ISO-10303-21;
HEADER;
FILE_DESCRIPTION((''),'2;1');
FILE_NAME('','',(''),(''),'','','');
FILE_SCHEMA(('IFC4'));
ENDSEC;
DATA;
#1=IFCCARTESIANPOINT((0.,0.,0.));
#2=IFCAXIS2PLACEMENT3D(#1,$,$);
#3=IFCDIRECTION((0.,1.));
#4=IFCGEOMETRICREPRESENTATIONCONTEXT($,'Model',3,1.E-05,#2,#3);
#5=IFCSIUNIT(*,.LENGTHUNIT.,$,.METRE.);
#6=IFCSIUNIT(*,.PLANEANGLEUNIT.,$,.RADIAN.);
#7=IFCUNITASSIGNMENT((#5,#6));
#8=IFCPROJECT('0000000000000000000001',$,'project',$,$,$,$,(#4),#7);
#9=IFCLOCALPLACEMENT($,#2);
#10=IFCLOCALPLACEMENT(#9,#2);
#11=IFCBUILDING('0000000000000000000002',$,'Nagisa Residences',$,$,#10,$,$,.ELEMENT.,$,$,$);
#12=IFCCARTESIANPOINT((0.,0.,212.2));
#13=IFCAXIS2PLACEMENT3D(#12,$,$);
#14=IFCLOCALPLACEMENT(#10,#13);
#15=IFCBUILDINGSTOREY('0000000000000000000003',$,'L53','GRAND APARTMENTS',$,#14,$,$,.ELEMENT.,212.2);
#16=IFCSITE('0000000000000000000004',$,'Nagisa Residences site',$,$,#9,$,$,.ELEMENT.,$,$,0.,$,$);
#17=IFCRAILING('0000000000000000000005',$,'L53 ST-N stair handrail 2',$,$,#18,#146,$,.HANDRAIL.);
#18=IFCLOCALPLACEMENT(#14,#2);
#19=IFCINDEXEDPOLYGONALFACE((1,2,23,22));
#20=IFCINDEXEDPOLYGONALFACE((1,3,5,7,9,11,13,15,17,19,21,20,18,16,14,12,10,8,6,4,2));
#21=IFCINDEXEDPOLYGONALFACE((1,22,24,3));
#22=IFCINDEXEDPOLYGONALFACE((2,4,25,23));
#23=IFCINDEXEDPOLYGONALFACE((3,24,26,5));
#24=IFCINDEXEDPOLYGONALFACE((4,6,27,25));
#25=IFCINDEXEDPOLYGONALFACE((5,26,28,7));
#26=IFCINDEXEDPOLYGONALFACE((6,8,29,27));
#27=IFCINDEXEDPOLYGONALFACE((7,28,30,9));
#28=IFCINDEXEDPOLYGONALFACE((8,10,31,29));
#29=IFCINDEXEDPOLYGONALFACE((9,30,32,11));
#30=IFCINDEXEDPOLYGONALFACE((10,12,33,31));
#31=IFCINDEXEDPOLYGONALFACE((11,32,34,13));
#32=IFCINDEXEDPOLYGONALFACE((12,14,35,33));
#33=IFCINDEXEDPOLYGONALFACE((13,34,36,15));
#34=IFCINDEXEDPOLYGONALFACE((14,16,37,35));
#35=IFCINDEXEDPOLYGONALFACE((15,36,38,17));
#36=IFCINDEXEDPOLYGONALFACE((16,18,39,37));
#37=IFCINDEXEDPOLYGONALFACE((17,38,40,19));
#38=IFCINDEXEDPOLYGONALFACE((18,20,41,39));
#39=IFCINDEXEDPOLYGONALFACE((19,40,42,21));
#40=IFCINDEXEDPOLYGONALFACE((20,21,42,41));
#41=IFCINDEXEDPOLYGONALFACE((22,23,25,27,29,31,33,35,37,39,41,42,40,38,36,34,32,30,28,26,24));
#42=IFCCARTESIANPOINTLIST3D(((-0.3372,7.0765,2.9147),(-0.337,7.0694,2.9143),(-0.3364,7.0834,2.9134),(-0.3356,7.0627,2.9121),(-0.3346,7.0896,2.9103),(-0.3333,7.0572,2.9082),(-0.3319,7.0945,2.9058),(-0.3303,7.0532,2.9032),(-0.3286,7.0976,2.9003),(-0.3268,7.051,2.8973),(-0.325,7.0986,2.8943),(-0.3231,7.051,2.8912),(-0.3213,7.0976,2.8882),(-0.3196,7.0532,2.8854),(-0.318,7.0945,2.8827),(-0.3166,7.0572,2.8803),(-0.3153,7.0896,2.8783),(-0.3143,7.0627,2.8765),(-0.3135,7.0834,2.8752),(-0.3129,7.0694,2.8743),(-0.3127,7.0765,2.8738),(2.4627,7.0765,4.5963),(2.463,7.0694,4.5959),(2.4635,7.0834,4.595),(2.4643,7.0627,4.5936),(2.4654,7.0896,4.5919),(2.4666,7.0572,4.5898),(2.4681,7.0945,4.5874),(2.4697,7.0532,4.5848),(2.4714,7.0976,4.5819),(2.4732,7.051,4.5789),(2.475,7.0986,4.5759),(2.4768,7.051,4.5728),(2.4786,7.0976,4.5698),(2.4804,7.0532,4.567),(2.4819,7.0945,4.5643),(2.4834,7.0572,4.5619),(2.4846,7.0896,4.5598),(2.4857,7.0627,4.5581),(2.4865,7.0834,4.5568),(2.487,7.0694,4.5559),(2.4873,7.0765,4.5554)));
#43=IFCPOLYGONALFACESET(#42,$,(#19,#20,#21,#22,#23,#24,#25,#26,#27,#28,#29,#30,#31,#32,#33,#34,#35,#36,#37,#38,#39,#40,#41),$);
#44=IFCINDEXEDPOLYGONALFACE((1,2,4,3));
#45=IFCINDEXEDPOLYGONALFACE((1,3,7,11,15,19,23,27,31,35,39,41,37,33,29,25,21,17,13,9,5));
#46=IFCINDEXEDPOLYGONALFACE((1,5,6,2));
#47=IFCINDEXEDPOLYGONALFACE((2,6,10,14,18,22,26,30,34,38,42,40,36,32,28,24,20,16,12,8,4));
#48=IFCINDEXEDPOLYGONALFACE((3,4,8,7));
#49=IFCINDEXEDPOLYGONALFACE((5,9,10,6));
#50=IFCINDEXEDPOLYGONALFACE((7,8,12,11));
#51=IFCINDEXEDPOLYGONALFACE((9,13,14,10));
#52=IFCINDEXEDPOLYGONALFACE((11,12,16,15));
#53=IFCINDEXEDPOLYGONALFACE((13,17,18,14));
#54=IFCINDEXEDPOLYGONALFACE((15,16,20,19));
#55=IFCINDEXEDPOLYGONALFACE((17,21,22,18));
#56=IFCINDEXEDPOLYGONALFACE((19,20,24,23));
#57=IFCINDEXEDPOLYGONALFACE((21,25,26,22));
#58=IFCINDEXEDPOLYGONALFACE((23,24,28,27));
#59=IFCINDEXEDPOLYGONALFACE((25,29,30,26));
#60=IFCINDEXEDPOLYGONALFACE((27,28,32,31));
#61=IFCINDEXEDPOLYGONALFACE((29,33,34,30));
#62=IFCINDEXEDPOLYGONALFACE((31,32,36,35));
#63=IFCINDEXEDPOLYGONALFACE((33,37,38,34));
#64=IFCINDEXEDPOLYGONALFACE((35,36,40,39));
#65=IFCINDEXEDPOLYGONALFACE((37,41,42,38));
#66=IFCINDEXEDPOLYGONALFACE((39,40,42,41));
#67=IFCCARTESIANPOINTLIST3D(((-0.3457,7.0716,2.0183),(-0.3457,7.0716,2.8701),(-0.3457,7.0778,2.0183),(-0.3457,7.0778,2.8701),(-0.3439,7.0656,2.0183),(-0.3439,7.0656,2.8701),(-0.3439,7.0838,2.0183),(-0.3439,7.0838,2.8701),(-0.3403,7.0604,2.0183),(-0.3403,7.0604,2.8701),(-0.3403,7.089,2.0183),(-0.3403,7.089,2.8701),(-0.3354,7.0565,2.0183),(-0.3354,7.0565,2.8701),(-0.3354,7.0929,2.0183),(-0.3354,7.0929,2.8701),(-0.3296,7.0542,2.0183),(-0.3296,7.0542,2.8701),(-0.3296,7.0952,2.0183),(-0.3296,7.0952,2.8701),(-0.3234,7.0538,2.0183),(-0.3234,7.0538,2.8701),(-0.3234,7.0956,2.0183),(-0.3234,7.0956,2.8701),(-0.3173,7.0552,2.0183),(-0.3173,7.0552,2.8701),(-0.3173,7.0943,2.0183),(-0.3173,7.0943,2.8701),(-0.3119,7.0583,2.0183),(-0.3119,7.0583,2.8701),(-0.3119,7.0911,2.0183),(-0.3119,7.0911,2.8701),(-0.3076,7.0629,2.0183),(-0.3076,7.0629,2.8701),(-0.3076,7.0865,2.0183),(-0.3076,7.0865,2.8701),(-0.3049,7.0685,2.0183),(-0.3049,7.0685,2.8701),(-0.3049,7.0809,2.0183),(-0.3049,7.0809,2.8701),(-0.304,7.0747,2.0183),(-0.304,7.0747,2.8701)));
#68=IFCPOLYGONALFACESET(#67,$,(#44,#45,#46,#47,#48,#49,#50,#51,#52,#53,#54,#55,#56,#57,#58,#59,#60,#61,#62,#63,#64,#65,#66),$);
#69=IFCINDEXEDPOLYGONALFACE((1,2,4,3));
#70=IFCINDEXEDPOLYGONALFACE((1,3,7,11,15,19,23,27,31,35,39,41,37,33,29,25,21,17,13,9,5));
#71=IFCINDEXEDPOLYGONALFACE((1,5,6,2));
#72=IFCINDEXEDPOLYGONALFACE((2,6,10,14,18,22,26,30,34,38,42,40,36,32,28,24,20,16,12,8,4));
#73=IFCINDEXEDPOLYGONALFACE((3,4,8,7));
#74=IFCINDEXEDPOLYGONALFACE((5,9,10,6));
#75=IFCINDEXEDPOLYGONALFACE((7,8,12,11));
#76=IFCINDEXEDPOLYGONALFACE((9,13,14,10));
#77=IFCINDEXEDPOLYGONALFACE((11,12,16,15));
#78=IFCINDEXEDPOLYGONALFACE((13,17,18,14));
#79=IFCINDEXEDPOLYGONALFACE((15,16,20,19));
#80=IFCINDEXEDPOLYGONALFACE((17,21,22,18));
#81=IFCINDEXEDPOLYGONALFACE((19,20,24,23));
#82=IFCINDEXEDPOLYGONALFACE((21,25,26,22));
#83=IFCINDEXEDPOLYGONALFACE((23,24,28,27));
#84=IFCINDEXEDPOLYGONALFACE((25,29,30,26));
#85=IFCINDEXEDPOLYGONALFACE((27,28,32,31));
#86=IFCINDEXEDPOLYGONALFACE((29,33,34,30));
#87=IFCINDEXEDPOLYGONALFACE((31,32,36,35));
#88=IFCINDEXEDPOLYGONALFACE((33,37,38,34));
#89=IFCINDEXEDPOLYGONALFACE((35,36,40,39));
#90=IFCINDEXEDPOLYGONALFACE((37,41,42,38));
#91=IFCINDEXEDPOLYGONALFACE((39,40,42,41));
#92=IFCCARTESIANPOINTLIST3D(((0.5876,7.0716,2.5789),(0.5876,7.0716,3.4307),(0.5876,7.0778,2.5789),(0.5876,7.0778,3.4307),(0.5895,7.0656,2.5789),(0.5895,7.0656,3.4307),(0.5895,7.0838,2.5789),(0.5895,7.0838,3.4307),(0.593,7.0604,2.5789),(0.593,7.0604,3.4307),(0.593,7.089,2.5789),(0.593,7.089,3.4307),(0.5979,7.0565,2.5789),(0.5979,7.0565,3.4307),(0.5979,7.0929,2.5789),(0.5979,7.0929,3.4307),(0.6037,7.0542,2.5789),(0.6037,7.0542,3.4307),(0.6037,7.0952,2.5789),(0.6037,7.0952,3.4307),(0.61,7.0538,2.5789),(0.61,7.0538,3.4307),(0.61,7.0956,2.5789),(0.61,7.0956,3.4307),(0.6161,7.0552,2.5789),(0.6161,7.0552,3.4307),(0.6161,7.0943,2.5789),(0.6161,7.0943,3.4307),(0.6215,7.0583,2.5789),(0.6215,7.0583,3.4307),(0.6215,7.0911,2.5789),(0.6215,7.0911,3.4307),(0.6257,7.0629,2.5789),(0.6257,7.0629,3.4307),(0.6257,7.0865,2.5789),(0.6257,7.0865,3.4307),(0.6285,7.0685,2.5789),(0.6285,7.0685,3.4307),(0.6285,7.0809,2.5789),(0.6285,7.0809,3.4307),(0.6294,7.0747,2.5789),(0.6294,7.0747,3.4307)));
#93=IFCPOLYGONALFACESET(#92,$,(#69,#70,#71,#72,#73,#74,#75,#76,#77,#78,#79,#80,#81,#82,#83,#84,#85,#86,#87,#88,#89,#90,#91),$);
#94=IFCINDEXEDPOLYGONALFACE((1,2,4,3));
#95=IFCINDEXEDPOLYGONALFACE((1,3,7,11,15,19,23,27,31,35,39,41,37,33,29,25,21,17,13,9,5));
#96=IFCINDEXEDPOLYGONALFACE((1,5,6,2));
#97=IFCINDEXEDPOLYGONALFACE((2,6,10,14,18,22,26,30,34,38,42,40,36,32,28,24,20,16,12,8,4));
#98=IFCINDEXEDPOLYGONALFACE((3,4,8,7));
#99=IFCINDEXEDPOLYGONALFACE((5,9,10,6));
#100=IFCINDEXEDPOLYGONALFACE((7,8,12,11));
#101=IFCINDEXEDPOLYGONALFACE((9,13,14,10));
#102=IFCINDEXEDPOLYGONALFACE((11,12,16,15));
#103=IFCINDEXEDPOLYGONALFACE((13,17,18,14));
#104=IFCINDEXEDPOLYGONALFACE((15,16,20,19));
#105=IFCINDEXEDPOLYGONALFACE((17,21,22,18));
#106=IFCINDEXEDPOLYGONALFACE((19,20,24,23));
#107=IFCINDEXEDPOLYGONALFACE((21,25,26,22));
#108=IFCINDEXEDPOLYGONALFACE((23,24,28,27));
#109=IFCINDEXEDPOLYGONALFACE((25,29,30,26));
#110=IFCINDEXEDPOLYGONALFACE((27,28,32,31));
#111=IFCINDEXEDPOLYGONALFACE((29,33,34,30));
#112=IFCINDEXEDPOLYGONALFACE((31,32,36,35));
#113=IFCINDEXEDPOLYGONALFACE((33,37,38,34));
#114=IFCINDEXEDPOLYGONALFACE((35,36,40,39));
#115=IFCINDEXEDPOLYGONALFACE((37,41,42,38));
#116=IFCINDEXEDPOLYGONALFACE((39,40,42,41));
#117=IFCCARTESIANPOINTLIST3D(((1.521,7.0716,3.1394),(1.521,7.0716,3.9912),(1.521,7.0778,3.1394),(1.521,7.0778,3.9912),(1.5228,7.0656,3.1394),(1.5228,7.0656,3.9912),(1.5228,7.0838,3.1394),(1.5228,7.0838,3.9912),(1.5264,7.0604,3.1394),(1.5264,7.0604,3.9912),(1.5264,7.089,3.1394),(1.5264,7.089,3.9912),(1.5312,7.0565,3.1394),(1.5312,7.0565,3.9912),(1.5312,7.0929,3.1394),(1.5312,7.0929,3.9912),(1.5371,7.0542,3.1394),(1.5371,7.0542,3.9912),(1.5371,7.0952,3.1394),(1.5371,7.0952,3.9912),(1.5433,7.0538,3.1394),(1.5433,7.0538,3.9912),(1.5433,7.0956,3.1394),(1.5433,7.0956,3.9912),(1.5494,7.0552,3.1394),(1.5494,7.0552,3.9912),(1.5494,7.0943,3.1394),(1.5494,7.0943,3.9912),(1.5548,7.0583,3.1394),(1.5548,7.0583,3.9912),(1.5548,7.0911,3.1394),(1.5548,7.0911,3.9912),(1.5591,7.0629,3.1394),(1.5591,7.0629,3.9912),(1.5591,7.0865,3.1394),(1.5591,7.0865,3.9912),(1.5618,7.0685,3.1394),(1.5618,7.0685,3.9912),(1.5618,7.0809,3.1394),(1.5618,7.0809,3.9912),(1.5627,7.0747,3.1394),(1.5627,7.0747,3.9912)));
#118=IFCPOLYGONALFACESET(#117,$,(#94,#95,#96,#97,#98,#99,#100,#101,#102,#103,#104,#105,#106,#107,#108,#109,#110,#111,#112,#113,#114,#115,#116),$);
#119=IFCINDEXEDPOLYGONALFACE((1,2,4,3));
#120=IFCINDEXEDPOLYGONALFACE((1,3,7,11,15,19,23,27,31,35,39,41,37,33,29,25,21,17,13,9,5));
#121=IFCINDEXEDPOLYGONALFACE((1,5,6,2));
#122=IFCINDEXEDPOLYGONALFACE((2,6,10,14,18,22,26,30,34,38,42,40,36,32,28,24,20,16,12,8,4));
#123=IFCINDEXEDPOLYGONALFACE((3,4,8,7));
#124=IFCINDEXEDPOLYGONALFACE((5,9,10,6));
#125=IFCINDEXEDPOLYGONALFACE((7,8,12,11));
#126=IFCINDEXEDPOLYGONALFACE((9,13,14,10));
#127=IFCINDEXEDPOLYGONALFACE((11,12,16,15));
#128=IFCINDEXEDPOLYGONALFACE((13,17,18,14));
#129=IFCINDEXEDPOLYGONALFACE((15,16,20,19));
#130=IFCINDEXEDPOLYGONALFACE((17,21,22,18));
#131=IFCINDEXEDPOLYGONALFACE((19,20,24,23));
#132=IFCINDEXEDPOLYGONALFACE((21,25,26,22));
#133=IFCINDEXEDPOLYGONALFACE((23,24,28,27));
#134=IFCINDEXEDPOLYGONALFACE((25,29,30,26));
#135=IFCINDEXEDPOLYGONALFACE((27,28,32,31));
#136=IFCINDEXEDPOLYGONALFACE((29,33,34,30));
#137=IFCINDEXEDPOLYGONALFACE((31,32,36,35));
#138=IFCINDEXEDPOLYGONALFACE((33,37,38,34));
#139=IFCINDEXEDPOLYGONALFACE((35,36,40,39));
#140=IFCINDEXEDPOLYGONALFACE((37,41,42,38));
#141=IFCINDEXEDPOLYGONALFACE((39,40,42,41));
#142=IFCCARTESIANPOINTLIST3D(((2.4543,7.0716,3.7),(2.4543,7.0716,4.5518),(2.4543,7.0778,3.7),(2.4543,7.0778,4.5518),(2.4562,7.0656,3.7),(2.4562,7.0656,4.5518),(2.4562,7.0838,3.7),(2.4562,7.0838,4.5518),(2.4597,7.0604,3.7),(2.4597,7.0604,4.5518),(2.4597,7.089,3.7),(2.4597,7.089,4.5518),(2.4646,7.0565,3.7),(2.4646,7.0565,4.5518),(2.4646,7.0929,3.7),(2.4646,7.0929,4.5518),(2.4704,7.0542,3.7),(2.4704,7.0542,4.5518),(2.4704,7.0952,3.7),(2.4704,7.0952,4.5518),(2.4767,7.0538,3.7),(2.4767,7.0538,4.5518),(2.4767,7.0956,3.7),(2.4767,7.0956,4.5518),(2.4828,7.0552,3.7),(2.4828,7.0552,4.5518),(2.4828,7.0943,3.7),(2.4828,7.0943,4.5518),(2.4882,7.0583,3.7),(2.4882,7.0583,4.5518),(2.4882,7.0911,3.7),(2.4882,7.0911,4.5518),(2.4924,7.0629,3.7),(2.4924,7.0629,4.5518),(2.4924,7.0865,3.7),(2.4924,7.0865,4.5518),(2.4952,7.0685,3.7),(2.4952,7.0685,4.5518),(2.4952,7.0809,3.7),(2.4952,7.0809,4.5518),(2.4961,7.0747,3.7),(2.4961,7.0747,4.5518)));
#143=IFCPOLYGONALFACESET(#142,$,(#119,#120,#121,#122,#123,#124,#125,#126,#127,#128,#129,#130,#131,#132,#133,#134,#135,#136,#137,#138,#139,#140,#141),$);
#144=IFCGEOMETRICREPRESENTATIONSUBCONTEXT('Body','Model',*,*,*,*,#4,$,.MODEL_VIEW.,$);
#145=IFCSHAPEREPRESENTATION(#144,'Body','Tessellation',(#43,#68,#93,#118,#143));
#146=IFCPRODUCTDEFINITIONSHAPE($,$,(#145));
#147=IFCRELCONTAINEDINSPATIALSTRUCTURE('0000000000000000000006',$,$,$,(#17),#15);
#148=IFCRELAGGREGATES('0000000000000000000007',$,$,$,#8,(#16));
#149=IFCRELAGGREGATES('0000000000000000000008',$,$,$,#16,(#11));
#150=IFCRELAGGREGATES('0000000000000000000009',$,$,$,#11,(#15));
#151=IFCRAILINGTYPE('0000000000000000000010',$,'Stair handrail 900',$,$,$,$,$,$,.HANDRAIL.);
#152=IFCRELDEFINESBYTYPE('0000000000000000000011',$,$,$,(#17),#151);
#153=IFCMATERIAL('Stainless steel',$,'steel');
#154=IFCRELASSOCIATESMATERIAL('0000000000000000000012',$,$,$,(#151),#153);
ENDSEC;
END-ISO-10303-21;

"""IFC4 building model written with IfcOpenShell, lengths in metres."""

from ifc_helpers import new_model, si_unit, direction, frame, origin, origin_2d, place, context, subcontext, project, spatial, circle, extrude, material, type_object, element, save


model = new_model("IFC4")

# Units and contexts
model_context = context("Model", 3, precision=1e-05, world=origin(), true_north=direction((0.0, 1.0)))
body_context = subcontext(model_context, "Body", "Model", "MODEL_VIEW")
ifc_project = project(units=[si_unit("LENGTHUNIT", "METRE"), si_unit("PLANEANGLEUNIT", "RADIAN")], contexts=[model_context])

# Site, building, storey
site_placement = place(None, origin())
site = spatial("IfcSite", under=ifc_project, at=site_placement, Name="Nagisa Residences site", CompositionType="ELEMENT", RefElevation=0.0)
building_placement = place(site_placement, origin())
building = spatial("IfcBuilding", under=site, at=building_placement, Name="Nagisa Residences", CompositionType="ELEMENT")
storey_placement = place(building_placement, frame((0.0, 0.0, 212.2)))
storey = spatial("IfcBuildingStorey", under=building, at=storey_placement, Name="L53", Description="GRAND APARTMENTS", CompositionType="ELEMENT", Elevation=212.2)

# Railing
ifc_material_1 = material(Name="Stainless steel", Category="steel")
railing_type = type_object("IfcRailingType", Name="Stair handrail 900", PredefinedType="HANDRAIL", material=ifc_material_1)
railing_placement = place(storey_placement, frame((-0.325, 7.0747, 2.0183)))
element("IfcRailing", 1, at=railing_placement, inside=storey, type_object=railing_type, Name="L53 ST-N stair handrail 2", PredefinedType="HANDRAIL", context=body_context, shape_type="SweptSolid", body=[
    extrude(circle(Radius=0.0239, at=origin_2d()), frame((0.0, 0.0, 0.876), z_axis=(0.857275, 0.0, 0.514858), x_axis=(0.0, 1.0, 0.0)), (0.0, 0.0, 1.0), 3.2661),
    extrude(circle(Radius=0.021, at=origin_2d()), origin(), (0.0, 0.0, 1.0), 0.8518),
    extrude(circle(Radius=0.021, at=origin_2d()), frame((0.9333, 0.0, 0.5605)), (0.0, 0.0, 1.0), 0.8518),
    extrude(circle(Radius=0.021, at=origin_2d()), frame((1.8667, 0.0, 1.1211)), (0.0, 0.0, 1.0), 0.8518),
    extrude(circle(Radius=0.021, at=origin_2d()), frame((2.8, 0.0, 1.6816)), (0.0, 0.0, 1.0), 0.8518),
])

save(model, "model.ifc")
